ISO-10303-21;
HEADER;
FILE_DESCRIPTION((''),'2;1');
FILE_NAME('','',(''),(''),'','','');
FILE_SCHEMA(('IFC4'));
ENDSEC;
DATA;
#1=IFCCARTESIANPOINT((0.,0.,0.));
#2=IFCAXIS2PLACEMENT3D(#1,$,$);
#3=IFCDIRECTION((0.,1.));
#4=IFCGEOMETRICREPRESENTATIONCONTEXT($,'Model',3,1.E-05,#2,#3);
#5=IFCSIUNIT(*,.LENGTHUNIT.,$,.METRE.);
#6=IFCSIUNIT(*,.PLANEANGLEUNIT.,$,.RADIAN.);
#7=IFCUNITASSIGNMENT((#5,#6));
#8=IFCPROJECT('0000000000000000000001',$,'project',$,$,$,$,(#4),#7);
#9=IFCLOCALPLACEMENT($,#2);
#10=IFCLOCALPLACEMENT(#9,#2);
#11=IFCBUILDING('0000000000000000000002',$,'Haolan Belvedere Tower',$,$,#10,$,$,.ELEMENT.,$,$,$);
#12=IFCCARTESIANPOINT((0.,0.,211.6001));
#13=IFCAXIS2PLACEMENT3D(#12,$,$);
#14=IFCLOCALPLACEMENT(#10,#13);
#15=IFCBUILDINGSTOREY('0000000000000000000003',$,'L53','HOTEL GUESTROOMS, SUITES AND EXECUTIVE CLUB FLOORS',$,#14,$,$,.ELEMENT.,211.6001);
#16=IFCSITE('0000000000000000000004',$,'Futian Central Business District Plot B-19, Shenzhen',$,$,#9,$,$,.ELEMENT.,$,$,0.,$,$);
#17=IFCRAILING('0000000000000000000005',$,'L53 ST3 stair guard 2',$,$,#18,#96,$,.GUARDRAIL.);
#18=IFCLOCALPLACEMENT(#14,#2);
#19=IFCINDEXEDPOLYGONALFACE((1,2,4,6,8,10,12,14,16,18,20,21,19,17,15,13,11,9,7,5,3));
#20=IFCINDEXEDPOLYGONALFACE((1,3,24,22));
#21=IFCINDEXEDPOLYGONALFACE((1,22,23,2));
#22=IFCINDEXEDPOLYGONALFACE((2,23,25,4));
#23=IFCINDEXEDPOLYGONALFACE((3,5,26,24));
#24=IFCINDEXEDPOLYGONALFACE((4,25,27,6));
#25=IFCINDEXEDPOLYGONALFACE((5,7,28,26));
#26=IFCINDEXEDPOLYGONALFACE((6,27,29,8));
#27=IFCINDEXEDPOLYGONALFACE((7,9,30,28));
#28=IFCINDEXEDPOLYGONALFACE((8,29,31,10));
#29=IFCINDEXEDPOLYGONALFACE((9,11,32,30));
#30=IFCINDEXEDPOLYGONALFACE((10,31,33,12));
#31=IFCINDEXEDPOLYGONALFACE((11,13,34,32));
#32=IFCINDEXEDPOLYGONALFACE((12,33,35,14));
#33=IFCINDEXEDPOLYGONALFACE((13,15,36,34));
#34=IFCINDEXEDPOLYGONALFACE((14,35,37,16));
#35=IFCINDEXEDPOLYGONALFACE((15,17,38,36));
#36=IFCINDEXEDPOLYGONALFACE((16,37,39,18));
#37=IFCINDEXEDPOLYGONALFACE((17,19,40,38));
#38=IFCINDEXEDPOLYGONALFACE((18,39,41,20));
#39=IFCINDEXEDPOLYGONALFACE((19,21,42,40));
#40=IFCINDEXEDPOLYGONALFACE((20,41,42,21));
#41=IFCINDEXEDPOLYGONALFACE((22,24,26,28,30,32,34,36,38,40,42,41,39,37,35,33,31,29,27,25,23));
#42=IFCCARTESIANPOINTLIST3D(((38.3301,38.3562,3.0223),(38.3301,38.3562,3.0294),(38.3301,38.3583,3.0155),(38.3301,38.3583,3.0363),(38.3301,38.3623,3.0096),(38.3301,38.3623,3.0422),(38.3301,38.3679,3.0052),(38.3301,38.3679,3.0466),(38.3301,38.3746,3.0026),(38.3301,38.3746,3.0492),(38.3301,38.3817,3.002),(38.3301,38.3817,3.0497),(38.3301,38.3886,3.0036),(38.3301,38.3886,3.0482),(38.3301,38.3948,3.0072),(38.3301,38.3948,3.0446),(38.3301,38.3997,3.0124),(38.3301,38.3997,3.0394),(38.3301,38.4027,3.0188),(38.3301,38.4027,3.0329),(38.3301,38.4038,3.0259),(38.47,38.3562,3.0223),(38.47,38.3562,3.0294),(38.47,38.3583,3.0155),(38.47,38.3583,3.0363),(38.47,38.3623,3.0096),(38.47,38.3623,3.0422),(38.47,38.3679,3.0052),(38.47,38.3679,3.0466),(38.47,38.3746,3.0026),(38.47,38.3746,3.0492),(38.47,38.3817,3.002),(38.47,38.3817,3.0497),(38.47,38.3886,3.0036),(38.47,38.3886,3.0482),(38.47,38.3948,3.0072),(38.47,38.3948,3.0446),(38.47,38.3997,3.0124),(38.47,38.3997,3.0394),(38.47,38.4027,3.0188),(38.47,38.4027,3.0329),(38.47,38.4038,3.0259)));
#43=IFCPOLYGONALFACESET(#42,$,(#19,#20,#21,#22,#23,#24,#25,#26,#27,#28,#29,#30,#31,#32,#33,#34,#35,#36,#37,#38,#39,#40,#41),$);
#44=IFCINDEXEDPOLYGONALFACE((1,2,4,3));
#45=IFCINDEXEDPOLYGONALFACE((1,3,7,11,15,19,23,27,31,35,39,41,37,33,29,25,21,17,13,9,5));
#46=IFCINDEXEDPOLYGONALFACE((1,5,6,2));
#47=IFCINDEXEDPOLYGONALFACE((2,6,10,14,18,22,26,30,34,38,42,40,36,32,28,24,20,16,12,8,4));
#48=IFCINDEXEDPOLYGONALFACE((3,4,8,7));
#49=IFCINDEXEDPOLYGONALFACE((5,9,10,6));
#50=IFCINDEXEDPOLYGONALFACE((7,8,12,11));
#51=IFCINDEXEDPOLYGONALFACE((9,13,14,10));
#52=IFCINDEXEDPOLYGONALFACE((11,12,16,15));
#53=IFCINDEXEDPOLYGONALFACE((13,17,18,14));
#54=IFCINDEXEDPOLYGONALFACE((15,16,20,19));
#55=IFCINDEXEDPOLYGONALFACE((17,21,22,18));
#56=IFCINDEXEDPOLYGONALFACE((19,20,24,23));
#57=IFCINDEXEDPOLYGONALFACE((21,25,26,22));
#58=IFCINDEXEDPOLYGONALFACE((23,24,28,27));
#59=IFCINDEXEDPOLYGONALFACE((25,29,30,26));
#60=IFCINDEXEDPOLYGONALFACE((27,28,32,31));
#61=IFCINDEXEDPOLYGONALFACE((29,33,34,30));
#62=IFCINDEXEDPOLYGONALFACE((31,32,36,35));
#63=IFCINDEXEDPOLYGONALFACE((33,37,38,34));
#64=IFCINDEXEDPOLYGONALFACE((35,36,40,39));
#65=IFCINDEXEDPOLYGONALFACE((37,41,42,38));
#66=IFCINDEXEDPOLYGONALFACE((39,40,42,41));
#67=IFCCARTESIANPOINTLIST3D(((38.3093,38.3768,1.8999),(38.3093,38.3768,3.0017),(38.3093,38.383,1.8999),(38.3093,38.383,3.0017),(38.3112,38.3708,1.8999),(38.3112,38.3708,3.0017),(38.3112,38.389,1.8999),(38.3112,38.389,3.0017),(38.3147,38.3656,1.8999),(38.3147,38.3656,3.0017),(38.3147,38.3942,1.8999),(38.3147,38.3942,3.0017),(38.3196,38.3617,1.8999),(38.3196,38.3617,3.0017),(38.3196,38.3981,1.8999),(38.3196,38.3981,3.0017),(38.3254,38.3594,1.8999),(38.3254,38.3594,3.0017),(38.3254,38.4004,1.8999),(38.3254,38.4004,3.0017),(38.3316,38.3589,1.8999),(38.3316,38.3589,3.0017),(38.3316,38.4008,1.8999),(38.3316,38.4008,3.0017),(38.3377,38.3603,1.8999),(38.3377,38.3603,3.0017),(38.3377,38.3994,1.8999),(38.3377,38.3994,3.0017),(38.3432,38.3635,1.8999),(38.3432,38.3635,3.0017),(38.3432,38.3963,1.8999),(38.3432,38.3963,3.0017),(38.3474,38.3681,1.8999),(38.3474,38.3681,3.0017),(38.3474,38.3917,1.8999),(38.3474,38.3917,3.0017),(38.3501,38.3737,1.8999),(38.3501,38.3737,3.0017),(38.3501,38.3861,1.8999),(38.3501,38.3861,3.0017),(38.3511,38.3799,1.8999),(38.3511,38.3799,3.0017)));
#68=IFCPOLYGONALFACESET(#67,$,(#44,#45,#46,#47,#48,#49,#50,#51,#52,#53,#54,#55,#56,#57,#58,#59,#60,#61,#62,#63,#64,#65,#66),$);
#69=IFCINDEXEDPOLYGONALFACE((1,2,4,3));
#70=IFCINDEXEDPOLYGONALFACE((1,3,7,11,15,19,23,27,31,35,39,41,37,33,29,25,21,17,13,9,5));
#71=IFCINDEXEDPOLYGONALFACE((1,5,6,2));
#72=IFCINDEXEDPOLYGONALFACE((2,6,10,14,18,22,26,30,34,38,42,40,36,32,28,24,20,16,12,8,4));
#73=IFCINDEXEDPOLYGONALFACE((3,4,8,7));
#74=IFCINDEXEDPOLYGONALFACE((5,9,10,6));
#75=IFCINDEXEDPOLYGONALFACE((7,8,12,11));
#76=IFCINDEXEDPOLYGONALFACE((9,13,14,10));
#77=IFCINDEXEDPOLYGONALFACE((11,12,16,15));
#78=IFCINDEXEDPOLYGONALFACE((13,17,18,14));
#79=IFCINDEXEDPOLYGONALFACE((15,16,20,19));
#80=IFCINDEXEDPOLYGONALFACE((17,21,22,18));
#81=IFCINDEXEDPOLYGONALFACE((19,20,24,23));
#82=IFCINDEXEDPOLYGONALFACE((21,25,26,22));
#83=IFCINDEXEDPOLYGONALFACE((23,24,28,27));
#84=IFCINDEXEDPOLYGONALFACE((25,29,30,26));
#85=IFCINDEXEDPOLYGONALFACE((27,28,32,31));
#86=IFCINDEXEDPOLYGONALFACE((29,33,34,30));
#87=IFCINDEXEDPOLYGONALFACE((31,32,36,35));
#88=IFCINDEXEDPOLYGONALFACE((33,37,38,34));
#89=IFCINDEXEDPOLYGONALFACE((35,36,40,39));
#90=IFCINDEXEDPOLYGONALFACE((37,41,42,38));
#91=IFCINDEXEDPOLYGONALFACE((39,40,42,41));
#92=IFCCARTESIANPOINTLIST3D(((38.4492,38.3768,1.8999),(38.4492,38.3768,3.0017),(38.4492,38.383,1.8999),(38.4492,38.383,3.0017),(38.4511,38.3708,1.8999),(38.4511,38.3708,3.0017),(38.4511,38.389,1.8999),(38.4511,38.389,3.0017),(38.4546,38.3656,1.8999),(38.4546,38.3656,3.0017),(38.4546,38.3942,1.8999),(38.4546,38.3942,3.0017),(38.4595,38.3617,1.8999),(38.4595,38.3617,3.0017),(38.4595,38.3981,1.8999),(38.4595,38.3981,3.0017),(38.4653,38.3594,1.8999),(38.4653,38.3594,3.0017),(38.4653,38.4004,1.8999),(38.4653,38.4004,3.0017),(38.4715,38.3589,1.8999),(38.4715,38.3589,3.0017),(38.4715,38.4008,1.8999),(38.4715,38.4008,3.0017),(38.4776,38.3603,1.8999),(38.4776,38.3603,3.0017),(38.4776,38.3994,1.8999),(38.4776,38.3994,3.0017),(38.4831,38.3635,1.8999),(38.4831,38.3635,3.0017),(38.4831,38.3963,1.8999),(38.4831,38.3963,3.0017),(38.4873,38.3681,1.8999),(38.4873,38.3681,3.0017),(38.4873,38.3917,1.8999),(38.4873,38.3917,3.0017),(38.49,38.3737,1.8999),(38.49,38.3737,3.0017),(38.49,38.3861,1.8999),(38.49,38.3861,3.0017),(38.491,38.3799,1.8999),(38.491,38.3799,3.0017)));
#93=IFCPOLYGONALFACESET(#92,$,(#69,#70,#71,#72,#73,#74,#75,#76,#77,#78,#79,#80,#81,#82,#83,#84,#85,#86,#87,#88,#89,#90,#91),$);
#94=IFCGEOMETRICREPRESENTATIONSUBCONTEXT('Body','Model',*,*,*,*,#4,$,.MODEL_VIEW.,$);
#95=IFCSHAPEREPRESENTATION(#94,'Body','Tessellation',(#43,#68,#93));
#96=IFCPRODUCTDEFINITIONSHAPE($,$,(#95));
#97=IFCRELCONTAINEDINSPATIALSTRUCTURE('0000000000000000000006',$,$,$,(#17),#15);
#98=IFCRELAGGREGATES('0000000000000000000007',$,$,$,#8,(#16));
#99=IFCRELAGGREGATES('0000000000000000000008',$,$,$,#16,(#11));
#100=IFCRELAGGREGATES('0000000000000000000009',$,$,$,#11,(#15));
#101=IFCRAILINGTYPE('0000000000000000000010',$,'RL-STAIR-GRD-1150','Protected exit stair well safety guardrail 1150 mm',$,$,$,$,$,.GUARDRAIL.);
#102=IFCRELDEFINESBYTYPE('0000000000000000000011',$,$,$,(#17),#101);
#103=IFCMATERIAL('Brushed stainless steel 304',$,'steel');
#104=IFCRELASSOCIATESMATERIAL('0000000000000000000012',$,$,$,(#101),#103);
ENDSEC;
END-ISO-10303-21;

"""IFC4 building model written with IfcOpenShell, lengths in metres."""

from ifc_helpers import new_model, si_unit, direction, frame, origin, origin_2d, place, context, subcontext, project, spatial, circle, extrude, material, type_object, element, save


model = new_model("IFC4")

# Units and contexts
model_context = context("Model", 3, precision=1e-05, world=origin(), true_north=direction((0.0, 1.0)))
body_context = subcontext(model_context, "Body", "Model", "MODEL_VIEW")
ifc_project = project(units=[si_unit("LENGTHUNIT", "METRE"), si_unit("PLANEANGLEUNIT", "RADIAN")], contexts=[model_context])

# Site, building, storey
site_placement = place(None, origin())
site = spatial("IfcSite", under=ifc_project, at=site_placement, Name="Futian Central Business District Plot B-19, Shenzhen", CompositionType="ELEMENT", RefElevation=0.0)
building_placement = place(site_placement, origin())
building = spatial("IfcBuilding", under=site, at=building_placement, Name="Haolan Belvedere Tower", CompositionType="ELEMENT")
storey_placement = place(building_placement, frame((0.0, 0.0, 211.6001)))
storey = spatial("IfcBuildingStorey", under=building, at=storey_placement, Name="L53", Description="HOTEL GUESTROOMS, SUITES AND EXECUTIVE CLUB FLOORS", CompositionType="ELEMENT", Elevation=211.6001)

# Railing
ifc_material_1 = material(Name="Brushed stainless steel 304", Category="steel")
railing_type_1 = type_object("IfcRailingType", Name="RL-STAIR-GRD-1150", Description="Protected exit stair well safety guardrail 1150 mm", PredefinedType="GUARDRAIL", material=ifc_material_1)
railing_1_placement = place(storey_placement, frame((38.3301, 38.3799, 1.8999)))
element("IfcRailing", 1, at=railing_1_placement, inside=storey, type_object=railing_type_1, Name="L53 ST3 stair guard 2", PredefinedType="GUARDRAIL", context=body_context, shape_type="SweptSolid", body=[
    extrude(circle(Radius=0.0239, at=origin_2d()), frame((0.0, 0.0, 1.126), z_axis=(1.0, 0.0, 0.0), x_axis=(0.0, 1.0, 0.0)), (0.0, 0.0, 1.0), 0.1399),
    extrude(circle(Radius=0.021, at=origin_2d()), origin(), (0.0, 0.0, 1.0), 1.1018),
    extrude(circle(Radius=0.021, at=origin_2d()), frame((0.1399, 0.0, 0.0)), (0.0, 0.0, 1.0), 1.1018),
])

save(model, "model.ifc")
